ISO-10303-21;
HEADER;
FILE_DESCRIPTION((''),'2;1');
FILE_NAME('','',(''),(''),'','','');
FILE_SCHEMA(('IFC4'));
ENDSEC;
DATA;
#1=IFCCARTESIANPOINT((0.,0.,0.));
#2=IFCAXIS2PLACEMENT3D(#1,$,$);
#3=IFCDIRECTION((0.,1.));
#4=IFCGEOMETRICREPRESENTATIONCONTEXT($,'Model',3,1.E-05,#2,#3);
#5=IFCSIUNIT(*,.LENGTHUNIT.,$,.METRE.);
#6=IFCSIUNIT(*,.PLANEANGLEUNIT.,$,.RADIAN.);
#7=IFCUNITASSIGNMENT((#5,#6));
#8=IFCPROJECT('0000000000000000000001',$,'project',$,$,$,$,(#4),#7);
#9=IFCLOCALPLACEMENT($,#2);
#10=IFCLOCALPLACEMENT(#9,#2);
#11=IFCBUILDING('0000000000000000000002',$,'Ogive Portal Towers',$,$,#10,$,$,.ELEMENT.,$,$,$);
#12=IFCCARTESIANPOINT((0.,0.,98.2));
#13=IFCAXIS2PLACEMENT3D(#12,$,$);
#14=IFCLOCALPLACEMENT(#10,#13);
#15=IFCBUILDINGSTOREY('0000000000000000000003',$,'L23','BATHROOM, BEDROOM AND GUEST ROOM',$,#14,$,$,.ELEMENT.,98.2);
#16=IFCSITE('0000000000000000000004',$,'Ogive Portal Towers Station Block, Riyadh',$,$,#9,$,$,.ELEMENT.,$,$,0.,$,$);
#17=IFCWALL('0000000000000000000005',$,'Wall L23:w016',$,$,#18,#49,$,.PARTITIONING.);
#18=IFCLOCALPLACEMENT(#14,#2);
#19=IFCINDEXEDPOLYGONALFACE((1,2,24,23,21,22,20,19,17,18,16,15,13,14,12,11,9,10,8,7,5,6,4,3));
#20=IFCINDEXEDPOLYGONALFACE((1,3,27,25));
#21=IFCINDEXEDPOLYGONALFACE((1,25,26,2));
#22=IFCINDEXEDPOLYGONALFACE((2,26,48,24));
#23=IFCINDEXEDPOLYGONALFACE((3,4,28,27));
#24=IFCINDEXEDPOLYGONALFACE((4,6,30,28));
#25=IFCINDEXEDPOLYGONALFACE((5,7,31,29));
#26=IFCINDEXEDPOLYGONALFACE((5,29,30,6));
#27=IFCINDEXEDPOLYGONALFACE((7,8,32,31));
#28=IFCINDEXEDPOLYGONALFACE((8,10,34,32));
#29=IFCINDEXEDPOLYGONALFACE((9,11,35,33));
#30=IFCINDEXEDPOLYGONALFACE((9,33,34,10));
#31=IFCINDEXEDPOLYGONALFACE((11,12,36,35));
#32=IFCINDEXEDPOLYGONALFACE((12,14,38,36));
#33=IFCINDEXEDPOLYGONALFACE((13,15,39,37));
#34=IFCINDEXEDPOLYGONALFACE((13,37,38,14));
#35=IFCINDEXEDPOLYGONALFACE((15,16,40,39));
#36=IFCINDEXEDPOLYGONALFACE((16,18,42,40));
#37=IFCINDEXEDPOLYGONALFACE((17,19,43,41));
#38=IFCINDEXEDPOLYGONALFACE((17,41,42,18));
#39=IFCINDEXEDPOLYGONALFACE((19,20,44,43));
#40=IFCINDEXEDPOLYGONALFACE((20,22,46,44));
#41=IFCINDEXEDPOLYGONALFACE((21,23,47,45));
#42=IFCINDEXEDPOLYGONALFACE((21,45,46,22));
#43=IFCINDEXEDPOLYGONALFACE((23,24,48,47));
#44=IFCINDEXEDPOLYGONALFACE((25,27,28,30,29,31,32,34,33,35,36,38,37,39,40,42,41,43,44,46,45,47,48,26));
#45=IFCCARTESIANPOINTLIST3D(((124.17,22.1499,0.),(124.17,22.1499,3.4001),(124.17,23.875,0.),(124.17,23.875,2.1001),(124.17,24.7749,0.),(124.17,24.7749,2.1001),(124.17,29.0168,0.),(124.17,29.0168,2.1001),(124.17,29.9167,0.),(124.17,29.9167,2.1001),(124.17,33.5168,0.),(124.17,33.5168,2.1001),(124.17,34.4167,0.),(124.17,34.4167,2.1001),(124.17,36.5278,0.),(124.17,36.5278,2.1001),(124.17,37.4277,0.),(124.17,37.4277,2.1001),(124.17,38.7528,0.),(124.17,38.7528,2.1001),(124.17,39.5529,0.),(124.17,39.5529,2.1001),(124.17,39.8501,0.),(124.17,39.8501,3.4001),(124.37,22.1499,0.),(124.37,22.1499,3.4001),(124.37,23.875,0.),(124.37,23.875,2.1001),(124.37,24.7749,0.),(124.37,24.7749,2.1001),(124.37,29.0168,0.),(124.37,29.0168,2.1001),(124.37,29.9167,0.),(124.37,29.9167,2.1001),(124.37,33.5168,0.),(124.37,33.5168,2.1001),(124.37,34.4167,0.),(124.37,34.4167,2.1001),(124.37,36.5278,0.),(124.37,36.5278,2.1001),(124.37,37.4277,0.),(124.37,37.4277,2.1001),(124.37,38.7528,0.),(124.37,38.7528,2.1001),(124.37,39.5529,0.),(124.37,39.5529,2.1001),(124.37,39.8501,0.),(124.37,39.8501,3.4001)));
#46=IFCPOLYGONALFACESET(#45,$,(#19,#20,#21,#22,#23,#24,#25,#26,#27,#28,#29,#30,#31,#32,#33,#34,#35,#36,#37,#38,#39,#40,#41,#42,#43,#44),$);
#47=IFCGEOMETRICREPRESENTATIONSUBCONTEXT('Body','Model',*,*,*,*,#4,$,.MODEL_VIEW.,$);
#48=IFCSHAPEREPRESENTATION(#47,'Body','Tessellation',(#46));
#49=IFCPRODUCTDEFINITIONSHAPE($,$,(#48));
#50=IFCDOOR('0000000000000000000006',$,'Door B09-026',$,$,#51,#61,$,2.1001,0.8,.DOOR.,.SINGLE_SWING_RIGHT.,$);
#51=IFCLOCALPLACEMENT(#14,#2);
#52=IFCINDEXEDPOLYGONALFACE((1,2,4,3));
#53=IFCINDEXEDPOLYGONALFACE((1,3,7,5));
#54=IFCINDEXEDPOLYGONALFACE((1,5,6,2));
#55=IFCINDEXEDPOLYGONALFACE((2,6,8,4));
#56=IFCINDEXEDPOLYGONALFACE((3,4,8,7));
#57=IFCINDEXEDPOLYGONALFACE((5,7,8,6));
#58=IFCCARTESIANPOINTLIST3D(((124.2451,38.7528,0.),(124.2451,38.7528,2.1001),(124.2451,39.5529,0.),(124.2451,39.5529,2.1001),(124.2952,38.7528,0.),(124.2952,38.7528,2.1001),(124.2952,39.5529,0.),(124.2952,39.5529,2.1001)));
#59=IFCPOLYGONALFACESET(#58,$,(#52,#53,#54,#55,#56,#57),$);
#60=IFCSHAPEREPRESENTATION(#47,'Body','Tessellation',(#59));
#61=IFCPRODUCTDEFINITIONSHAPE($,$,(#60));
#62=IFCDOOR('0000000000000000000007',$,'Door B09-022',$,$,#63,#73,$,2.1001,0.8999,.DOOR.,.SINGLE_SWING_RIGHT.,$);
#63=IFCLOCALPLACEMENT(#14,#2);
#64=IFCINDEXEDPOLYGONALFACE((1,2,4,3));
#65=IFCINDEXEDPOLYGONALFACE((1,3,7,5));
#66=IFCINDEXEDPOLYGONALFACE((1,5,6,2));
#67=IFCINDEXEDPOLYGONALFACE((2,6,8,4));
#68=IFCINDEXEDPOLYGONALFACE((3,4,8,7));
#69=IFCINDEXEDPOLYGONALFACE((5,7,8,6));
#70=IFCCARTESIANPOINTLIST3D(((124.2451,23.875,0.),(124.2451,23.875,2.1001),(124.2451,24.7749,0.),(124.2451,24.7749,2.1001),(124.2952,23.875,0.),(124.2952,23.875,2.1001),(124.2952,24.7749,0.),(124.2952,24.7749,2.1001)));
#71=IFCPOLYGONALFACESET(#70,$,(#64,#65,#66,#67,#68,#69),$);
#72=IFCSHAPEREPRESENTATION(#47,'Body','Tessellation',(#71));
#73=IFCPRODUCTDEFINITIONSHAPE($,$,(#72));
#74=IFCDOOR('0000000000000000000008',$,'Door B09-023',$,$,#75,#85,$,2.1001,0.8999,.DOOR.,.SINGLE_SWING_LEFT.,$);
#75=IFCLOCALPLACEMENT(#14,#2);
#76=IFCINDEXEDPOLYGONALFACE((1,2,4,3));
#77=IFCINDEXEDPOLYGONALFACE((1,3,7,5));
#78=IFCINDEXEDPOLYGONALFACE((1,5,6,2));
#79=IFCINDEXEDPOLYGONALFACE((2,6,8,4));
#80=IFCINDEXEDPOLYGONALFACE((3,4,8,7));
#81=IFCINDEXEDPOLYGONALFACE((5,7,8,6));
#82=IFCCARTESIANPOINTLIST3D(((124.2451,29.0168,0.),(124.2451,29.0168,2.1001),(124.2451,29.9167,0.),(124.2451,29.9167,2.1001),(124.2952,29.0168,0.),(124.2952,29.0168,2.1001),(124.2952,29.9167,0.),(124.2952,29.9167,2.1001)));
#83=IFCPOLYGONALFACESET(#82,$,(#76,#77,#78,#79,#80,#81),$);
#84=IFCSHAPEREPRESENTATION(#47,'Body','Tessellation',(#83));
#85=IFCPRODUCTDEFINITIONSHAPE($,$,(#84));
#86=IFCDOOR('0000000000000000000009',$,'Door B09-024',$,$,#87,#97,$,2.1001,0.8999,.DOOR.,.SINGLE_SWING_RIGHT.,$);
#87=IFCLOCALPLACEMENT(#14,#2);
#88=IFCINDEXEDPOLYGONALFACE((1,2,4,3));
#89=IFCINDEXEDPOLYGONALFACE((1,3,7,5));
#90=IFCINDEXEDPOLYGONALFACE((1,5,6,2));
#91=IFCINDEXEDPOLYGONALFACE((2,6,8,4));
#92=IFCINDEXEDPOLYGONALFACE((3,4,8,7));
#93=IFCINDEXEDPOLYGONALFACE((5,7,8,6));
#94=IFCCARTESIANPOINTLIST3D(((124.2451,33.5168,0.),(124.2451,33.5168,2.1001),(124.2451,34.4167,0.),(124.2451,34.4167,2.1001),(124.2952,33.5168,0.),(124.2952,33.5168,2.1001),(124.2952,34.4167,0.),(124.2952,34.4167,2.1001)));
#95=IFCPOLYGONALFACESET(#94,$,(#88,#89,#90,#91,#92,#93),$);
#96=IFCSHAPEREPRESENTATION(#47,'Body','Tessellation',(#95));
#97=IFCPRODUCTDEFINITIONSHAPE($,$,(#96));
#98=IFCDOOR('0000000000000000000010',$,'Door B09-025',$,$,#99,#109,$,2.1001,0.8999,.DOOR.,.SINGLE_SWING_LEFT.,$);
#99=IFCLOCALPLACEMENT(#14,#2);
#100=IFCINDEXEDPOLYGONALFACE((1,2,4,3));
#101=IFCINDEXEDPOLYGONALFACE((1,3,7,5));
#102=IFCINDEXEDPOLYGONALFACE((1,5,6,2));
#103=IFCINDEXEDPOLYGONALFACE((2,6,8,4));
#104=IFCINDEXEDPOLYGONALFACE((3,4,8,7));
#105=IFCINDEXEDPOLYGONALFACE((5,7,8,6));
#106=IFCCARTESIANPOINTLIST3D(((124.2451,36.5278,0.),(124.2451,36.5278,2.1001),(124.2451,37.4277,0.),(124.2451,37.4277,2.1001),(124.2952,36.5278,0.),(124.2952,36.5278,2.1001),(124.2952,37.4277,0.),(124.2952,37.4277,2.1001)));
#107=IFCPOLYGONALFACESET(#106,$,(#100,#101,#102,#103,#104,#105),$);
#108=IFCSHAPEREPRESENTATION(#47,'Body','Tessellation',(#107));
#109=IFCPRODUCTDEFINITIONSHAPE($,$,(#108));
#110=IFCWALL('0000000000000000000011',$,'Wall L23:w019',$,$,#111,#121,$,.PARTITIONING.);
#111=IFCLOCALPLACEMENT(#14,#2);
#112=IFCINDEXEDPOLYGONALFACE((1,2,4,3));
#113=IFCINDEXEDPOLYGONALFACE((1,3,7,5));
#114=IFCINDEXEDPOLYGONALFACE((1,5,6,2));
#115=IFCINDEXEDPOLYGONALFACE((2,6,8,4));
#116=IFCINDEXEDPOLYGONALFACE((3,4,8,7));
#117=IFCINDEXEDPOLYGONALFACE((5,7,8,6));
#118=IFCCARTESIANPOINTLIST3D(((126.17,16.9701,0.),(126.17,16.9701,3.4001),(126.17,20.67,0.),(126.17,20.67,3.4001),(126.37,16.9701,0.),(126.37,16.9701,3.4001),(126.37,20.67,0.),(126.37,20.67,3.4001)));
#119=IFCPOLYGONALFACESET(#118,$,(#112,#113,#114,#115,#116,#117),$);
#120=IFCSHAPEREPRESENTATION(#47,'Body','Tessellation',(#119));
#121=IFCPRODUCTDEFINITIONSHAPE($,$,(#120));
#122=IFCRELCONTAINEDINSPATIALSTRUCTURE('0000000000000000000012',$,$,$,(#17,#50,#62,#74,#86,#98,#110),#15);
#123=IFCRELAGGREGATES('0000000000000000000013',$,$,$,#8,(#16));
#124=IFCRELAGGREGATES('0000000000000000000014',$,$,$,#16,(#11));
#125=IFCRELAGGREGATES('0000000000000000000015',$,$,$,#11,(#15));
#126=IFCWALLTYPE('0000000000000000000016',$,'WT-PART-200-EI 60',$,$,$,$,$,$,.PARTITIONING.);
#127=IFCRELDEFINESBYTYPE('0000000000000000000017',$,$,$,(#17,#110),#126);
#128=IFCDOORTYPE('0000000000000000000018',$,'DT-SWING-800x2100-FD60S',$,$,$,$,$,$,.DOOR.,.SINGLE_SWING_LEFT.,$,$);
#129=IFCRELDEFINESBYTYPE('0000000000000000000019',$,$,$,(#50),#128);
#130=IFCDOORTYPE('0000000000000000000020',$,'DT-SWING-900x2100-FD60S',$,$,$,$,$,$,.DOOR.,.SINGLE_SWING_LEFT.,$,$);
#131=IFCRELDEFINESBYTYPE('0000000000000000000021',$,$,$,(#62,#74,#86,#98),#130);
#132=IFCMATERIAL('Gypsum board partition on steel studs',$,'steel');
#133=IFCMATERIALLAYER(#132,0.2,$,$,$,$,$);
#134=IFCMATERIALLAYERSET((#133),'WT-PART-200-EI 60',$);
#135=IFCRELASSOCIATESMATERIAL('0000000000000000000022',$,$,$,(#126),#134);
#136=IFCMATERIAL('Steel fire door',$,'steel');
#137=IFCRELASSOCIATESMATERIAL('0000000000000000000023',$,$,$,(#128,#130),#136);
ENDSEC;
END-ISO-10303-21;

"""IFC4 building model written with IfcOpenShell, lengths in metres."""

from ifc_helpers import new_model, si_unit, direction, frame, frame_2d, origin, place, context, subcontext, project, spatial, rectangle, extrude, material, layer, layer_set, type_object, element, fill, save


model = new_model("IFC4")

# Units and contexts
model_context = context("Model", 3, precision=1e-05, world=origin(), true_north=direction((0.0, 1.0)))
body_context = subcontext(model_context, "Body", "Model", "MODEL_VIEW")
ifc_project = project(units=[si_unit("LENGTHUNIT", "METRE"), si_unit("PLANEANGLEUNIT", "RADIAN")], contexts=[model_context])

# Site, building, storey
site_placement = place(None, origin())
site = spatial("IfcSite", under=ifc_project, at=site_placement, Name="Ogive Portal Towers Station Block, Riyadh", CompositionType="ELEMENT", RefElevation=0.0)
building_placement = place(site_placement, origin())
building = spatial("IfcBuilding", under=site, at=building_placement, Name="Ogive Portal Towers", CompositionType="ELEMENT")
storey_placement = place(building_placement, frame((0.0, 0.0, 98.2)))
storey = spatial("IfcBuildingStorey", under=building, at=storey_placement, Name="L23", Description="BATHROOM, BEDROOM AND GUEST ROOM", CompositionType="ELEMENT", Elevation=98.2)

# Shared definitions
ifc_material_1 = material(Name="Steel fire door", Category="steel")

# Wall, openings, doors
ifc_material_2 = material(Name="Gypsum board partition on steel studs", Category="steel")
ifc_layer_1 = layer(ifc_material_2, 0.2)
ifc_layer_set_1 = layer_set([ifc_layer_1], Name="WT-PART-200-EI 60")
wall_type_1 = type_object("IfcWallType", Name="WT-PART-200-EI 60", PredefinedType="PARTITIONING", material=ifc_layer_set_1)
wall_1_placement = place(storey_placement, frame((124.27, 22.1499, 0.0), z_axis=(0.0, 0.0, 1.0), x_axis=(0.0, 1.0, 0.0)))
wall_1 = element("IfcWall", 1, at=wall_1_placement, inside=storey, type_object=wall_type_1, Name="Wall L23:w016", PredefinedType="PARTITIONING", context=body_context, shape_type="SweptSolid", body=[
    extrude(rectangle(XDim=17.7002, YDim=0.2, at=frame_2d((8.8501, 0.0))), origin(), (0.0, 0.0, 1.0), 3.4001),
])
opening_1_placement = place(wall_1_placement, frame((1.7251, 0.0, 0.0)))
opening_1 = element("IfcOpeningElement", 2, at=opening_1_placement, cuts=wall_1, PredefinedType="OPENING", context=body_context, shape_type="SweptSolid", body=[
    extrude(rectangle(XDim=0.8999, YDim=2.1001, at=frame_2d((0.45, 1.05))), frame((0.0, 0.1099, 0.0), z_axis=(0.0, -1.0, 0.0), x_axis=(1.0, 0.0, 0.0)), (0.0, 0.0, 1.0), 0.22),
])
opening_2_placement = place(wall_1_placement, frame((6.8669, 0.0, 0.0)))
opening_2 = element("IfcOpeningElement", 3, at=opening_2_placement, cuts=wall_1, PredefinedType="OPENING", context=body_context, shape_type="SweptSolid", body=[
    extrude(rectangle(XDim=0.8999, YDim=2.1001, at=frame_2d((0.45, 1.05))), frame((0.0, 0.1099, 0.0), z_axis=(0.0, -1.0, 0.0), x_axis=(1.0, 0.0, 0.0)), (0.0, 0.0, 1.0), 0.22),
])
opening_3_placement = place(wall_1_placement, frame((11.3669, 0.0, 0.0)))
opening_3 = element("IfcOpeningElement", 4, at=opening_3_placement, cuts=wall_1, PredefinedType="OPENING", context=body_context, shape_type="SweptSolid", body=[
    extrude(rectangle(XDim=0.8999, YDim=2.1001, at=frame_2d((0.45, 1.05))), frame((0.0, 0.1099, 0.0), z_axis=(0.0, -1.0, 0.0), x_axis=(1.0, 0.0, 0.0)), (0.0, 0.0, 1.0), 0.22),
])
opening_4_placement = place(wall_1_placement, frame((14.3779, 0.0, 0.0)))
opening_4 = element("IfcOpeningElement", 5, at=opening_4_placement, cuts=wall_1, PredefinedType="OPENING", context=body_context, shape_type="SweptSolid", body=[
    extrude(rectangle(XDim=0.8999, YDim=2.1001, at=frame_2d((0.45, 1.05))), frame((0.0, 0.1099, 0.0), z_axis=(0.0, -1.0, 0.0), x_axis=(1.0, 0.0, 0.0)), (0.0, 0.0, 1.0), 0.22),
])
opening_5_placement = place(wall_1_placement, frame((16.603, 0.0, 0.0)))
opening_5 = element("IfcOpeningElement", 6, at=opening_5_placement, cuts=wall_1, PredefinedType="OPENING", context=body_context, shape_type="SweptSolid", body=[
    extrude(rectangle(XDim=0.8, YDim=2.1001, at=frame_2d((0.3999, 1.05))), frame((0.0, 0.1099, 0.0), z_axis=(0.0, -1.0, 0.0), x_axis=(1.0, 0.0, 0.0)), (0.0, 0.0, 1.0), 0.22),
])
door_type_1 = type_object("IfcDoorType", Name="DT-SWING-800x2100-FD60S", OperationType="SINGLE_SWING_LEFT", PredefinedType="DOOR", material=ifc_material_1)
door_1_placement = place(opening_5_placement, origin())
door_1 = element("IfcDoor", 7, at=door_1_placement, inside=storey, type_object=door_type_1, Name="Door B09-026", OperationType="SINGLE_SWING_RIGHT", OverallHeight=2.1001, OverallWidth=0.8, PredefinedType="DOOR", context=body_context, shape_type="SweptSolid", body=[
    extrude(rectangle(XDim=0.8, YDim=2.1001, at=frame_2d((0.3999, 1.05))), frame((0.0, 0.0249, 0.0), z_axis=(0.0, -1.0, 0.0), x_axis=(1.0, 0.0, 0.0)), (0.0, 0.0, 1.0), 0.05),
])
fill(opening_5, door_1)
door_type_2 = type_object("IfcDoorType", Name="DT-SWING-900x2100-FD60S", OperationType="SINGLE_SWING_LEFT", PredefinedType="DOOR", material=ifc_material_1)
door_2_placement = place(opening_1_placement, origin())
door_2 = element("IfcDoor", 8, at=door_2_placement, inside=storey, type_object=door_type_2, Name="Door B09-022", OperationType="SINGLE_SWING_RIGHT", OverallHeight=2.1001, OverallWidth=0.8999, PredefinedType="DOOR", context=body_context, shape_type="SweptSolid", body=[
    extrude(rectangle(XDim=0.8999, YDim=2.1001, at=frame_2d((0.45, 1.05))), frame((0.0, 0.0249, 0.0), z_axis=(0.0, -1.0, 0.0), x_axis=(1.0, 0.0, 0.0)), (0.0, 0.0, 1.0), 0.05),
])
fill(opening_1, door_2)
door_3_placement = place(opening_2_placement, origin())
door_3 = element("IfcDoor", 9, at=door_3_placement, inside=storey, type_object=door_type_2, Name="Door B09-023", OperationType="SINGLE_SWING_LEFT", OverallHeight=2.1001, OverallWidth=0.8999, PredefinedType="DOOR", context=body_context, shape_type="SweptSolid", body=[
    extrude(rectangle(XDim=0.8999, YDim=2.1001, at=frame_2d((0.45, 1.05))), frame((0.0, 0.0249, 0.0), z_axis=(0.0, -1.0, 0.0), x_axis=(1.0, 0.0, 0.0)), (0.0, 0.0, 1.0), 0.05),
])
fill(opening_2, door_3)
door_4_placement = place(opening_3_placement, origin())
door_4 = element("IfcDoor", 10, at=door_4_placement, inside=storey, type_object=door_type_2, Name="Door B09-024", OperationType="SINGLE_SWING_RIGHT", OverallHeight=2.1001, OverallWidth=0.8999, PredefinedType="DOOR", context=body_context, shape_type="SweptSolid", body=[
    extrude(rectangle(XDim=0.8999, YDim=2.1001, at=frame_2d((0.45, 1.05))), frame((0.0, 0.0249, 0.0), z_axis=(0.0, -1.0, 0.0), x_axis=(1.0, 0.0, 0.0)), (0.0, 0.0, 1.0), 0.05),
])
fill(opening_3, door_4)
door_5_placement = place(opening_4_placement, origin())
door_5 = element("IfcDoor", 11, at=door_5_placement, inside=storey, type_object=door_type_2, Name="Door B09-025", OperationType="SINGLE_SWING_LEFT", OverallHeight=2.1001, OverallWidth=0.8999, PredefinedType="DOOR", context=body_context, shape_type="SweptSolid", body=[
    extrude(rectangle(XDim=0.8999, YDim=2.1001, at=frame_2d((0.45, 1.05))), frame((0.0, 0.0249, 0.0), z_axis=(0.0, -1.0, 0.0), x_axis=(1.0, 0.0, 0.0)), (0.0, 0.0, 1.0), 0.05),
])
fill(opening_4, door_5)

# Wall
wall_2_placement = place(storey_placement, frame((126.27, 16.97, 0.0), z_axis=(0.0, 0.0, 1.0), x_axis=(0.0, 1.0, 0.0)))
element("IfcWall", 12, at=wall_2_placement, inside=storey, type_object=wall_type_1, Name="Wall L23:w019", PredefinedType="PARTITIONING", context=body_context, shape_type="SweptSolid", body=[
    extrude(rectangle(XDim=3.7, YDim=0.2, at=frame_2d((1.8501, 0.0))), origin(), (0.0, 0.0, 1.0), 3.4001),
])

save(model, "model.ifc")
